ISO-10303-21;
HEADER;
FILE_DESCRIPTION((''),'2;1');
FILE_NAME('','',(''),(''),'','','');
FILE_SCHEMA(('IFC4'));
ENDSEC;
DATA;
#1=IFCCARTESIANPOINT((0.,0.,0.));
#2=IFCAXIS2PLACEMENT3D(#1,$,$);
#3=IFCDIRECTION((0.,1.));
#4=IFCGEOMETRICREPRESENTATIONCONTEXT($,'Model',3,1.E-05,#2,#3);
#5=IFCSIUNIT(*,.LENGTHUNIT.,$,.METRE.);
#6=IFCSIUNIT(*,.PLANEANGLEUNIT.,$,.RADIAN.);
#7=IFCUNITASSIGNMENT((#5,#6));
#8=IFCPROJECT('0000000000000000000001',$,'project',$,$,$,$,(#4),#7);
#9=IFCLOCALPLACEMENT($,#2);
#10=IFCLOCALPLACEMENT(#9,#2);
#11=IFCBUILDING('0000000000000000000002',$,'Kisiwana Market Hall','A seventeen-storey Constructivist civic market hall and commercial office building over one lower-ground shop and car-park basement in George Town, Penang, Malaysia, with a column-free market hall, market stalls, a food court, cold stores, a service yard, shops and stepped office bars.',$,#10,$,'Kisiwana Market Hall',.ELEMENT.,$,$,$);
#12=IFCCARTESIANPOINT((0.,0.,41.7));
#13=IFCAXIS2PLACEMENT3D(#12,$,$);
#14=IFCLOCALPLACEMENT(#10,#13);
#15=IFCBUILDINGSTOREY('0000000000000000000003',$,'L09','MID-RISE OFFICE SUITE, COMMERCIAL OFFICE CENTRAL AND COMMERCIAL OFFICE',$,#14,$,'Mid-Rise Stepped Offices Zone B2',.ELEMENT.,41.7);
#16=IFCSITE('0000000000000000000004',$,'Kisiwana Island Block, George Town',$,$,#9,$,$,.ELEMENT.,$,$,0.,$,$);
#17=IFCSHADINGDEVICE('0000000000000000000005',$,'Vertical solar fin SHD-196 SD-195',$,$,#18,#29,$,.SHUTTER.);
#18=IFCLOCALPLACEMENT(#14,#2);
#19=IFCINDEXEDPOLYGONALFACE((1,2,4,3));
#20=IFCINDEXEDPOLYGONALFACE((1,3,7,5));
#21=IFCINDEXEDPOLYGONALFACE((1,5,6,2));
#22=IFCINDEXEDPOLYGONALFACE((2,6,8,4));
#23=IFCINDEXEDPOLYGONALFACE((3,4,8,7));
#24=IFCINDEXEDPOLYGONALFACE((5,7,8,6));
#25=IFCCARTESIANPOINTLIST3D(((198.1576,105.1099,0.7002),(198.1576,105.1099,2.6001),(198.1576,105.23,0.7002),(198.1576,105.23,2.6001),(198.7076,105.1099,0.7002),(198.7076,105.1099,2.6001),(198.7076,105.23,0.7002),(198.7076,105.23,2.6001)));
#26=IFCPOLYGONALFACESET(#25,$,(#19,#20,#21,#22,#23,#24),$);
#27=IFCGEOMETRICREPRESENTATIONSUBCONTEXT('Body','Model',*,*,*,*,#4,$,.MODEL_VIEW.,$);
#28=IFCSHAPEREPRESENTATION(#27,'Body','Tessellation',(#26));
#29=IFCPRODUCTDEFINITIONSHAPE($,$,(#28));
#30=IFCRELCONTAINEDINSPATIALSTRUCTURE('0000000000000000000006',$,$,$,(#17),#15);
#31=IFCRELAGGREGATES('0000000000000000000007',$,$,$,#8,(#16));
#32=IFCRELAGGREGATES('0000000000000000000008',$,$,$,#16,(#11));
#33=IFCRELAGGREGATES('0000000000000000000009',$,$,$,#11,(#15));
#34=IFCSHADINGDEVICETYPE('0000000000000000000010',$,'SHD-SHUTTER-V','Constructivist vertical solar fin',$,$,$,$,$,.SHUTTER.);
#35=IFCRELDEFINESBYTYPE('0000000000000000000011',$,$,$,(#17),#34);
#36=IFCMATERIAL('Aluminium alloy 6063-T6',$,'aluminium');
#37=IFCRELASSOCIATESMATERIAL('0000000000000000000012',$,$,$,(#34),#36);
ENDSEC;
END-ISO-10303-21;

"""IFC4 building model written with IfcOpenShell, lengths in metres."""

from ifc_helpers import new_model, si_unit, direction, frame, origin, origin_2d, place, context, subcontext, project, spatial, rectangle, extrude, material, type_object, element, save


model = new_model("IFC4")

# Units and contexts
model_context = context("Model", 3, precision=1e-05, world=origin(), true_north=direction((0.0, 1.0)))
body_context = subcontext(model_context, "Body", "Model", "MODEL_VIEW")
ifc_project = project(units=[si_unit("LENGTHUNIT", "METRE"), si_unit("PLANEANGLEUNIT", "RADIAN")], contexts=[model_context])

# Site, building, storey
site_placement = place(None, origin())
site = spatial("IfcSite", under=ifc_project, at=site_placement, Name="Kisiwana Island Block, George Town", CompositionType="ELEMENT", RefElevation=0.0)
building_placement = place(site_placement, origin())
building = spatial("IfcBuilding", under=site, at=building_placement, Name="Kisiwana Market Hall", Description="A seventeen-storey Constructivist civic market hall and commercial office building over one lower-ground shop and car-park basement in George Town, Penang, Malaysia, with a column-free market hall, market stalls, a food court, cold stores, a service yard, shops and stepped office bars.", LongName="Kisiwana Market Hall", CompositionType="ELEMENT")
storey_placement = place(building_placement, frame((0.0, 0.0, 41.7)))
storey = spatial("IfcBuildingStorey", under=building, at=storey_placement, Name="L09", Description="MID-RISE OFFICE SUITE, COMMERCIAL OFFICE CENTRAL AND COMMERCIAL OFFICE", LongName="Mid-Rise Stepped Offices Zone B2", CompositionType="ELEMENT", Elevation=41.7)

# Shading device
ifc_material_1 = material(Name="Aluminium alloy 6063-T6", Category="aluminium")
shading_device_type = type_object("IfcShadingDeviceType", Name="SHD-SHUTTER-V", Description="Constructivist vertical solar fin", PredefinedType="SHUTTER", material=ifc_material_1)
shading_device_placement = place(storey_placement, frame((198.4326, 105.1699, 0.7002), z_axis=(0.0, 0.0, 1.0), x_axis=(0.0, 1.0, 0.0)))
element("IfcShadingDevice", 1, at=shading_device_placement, inside=storey, type_object=shading_device_type, Name="Vertical solar fin SHD-196 SD-195", PredefinedType="SHUTTER", context=body_context, shape_type="SweptSolid", body=[
    extrude(rectangle(XDim=0.1201, YDim=0.55, at=origin_2d()), origin(), (0.0, 0.0, 1.0), 1.8999),
])

save(model, "model.ifc")
